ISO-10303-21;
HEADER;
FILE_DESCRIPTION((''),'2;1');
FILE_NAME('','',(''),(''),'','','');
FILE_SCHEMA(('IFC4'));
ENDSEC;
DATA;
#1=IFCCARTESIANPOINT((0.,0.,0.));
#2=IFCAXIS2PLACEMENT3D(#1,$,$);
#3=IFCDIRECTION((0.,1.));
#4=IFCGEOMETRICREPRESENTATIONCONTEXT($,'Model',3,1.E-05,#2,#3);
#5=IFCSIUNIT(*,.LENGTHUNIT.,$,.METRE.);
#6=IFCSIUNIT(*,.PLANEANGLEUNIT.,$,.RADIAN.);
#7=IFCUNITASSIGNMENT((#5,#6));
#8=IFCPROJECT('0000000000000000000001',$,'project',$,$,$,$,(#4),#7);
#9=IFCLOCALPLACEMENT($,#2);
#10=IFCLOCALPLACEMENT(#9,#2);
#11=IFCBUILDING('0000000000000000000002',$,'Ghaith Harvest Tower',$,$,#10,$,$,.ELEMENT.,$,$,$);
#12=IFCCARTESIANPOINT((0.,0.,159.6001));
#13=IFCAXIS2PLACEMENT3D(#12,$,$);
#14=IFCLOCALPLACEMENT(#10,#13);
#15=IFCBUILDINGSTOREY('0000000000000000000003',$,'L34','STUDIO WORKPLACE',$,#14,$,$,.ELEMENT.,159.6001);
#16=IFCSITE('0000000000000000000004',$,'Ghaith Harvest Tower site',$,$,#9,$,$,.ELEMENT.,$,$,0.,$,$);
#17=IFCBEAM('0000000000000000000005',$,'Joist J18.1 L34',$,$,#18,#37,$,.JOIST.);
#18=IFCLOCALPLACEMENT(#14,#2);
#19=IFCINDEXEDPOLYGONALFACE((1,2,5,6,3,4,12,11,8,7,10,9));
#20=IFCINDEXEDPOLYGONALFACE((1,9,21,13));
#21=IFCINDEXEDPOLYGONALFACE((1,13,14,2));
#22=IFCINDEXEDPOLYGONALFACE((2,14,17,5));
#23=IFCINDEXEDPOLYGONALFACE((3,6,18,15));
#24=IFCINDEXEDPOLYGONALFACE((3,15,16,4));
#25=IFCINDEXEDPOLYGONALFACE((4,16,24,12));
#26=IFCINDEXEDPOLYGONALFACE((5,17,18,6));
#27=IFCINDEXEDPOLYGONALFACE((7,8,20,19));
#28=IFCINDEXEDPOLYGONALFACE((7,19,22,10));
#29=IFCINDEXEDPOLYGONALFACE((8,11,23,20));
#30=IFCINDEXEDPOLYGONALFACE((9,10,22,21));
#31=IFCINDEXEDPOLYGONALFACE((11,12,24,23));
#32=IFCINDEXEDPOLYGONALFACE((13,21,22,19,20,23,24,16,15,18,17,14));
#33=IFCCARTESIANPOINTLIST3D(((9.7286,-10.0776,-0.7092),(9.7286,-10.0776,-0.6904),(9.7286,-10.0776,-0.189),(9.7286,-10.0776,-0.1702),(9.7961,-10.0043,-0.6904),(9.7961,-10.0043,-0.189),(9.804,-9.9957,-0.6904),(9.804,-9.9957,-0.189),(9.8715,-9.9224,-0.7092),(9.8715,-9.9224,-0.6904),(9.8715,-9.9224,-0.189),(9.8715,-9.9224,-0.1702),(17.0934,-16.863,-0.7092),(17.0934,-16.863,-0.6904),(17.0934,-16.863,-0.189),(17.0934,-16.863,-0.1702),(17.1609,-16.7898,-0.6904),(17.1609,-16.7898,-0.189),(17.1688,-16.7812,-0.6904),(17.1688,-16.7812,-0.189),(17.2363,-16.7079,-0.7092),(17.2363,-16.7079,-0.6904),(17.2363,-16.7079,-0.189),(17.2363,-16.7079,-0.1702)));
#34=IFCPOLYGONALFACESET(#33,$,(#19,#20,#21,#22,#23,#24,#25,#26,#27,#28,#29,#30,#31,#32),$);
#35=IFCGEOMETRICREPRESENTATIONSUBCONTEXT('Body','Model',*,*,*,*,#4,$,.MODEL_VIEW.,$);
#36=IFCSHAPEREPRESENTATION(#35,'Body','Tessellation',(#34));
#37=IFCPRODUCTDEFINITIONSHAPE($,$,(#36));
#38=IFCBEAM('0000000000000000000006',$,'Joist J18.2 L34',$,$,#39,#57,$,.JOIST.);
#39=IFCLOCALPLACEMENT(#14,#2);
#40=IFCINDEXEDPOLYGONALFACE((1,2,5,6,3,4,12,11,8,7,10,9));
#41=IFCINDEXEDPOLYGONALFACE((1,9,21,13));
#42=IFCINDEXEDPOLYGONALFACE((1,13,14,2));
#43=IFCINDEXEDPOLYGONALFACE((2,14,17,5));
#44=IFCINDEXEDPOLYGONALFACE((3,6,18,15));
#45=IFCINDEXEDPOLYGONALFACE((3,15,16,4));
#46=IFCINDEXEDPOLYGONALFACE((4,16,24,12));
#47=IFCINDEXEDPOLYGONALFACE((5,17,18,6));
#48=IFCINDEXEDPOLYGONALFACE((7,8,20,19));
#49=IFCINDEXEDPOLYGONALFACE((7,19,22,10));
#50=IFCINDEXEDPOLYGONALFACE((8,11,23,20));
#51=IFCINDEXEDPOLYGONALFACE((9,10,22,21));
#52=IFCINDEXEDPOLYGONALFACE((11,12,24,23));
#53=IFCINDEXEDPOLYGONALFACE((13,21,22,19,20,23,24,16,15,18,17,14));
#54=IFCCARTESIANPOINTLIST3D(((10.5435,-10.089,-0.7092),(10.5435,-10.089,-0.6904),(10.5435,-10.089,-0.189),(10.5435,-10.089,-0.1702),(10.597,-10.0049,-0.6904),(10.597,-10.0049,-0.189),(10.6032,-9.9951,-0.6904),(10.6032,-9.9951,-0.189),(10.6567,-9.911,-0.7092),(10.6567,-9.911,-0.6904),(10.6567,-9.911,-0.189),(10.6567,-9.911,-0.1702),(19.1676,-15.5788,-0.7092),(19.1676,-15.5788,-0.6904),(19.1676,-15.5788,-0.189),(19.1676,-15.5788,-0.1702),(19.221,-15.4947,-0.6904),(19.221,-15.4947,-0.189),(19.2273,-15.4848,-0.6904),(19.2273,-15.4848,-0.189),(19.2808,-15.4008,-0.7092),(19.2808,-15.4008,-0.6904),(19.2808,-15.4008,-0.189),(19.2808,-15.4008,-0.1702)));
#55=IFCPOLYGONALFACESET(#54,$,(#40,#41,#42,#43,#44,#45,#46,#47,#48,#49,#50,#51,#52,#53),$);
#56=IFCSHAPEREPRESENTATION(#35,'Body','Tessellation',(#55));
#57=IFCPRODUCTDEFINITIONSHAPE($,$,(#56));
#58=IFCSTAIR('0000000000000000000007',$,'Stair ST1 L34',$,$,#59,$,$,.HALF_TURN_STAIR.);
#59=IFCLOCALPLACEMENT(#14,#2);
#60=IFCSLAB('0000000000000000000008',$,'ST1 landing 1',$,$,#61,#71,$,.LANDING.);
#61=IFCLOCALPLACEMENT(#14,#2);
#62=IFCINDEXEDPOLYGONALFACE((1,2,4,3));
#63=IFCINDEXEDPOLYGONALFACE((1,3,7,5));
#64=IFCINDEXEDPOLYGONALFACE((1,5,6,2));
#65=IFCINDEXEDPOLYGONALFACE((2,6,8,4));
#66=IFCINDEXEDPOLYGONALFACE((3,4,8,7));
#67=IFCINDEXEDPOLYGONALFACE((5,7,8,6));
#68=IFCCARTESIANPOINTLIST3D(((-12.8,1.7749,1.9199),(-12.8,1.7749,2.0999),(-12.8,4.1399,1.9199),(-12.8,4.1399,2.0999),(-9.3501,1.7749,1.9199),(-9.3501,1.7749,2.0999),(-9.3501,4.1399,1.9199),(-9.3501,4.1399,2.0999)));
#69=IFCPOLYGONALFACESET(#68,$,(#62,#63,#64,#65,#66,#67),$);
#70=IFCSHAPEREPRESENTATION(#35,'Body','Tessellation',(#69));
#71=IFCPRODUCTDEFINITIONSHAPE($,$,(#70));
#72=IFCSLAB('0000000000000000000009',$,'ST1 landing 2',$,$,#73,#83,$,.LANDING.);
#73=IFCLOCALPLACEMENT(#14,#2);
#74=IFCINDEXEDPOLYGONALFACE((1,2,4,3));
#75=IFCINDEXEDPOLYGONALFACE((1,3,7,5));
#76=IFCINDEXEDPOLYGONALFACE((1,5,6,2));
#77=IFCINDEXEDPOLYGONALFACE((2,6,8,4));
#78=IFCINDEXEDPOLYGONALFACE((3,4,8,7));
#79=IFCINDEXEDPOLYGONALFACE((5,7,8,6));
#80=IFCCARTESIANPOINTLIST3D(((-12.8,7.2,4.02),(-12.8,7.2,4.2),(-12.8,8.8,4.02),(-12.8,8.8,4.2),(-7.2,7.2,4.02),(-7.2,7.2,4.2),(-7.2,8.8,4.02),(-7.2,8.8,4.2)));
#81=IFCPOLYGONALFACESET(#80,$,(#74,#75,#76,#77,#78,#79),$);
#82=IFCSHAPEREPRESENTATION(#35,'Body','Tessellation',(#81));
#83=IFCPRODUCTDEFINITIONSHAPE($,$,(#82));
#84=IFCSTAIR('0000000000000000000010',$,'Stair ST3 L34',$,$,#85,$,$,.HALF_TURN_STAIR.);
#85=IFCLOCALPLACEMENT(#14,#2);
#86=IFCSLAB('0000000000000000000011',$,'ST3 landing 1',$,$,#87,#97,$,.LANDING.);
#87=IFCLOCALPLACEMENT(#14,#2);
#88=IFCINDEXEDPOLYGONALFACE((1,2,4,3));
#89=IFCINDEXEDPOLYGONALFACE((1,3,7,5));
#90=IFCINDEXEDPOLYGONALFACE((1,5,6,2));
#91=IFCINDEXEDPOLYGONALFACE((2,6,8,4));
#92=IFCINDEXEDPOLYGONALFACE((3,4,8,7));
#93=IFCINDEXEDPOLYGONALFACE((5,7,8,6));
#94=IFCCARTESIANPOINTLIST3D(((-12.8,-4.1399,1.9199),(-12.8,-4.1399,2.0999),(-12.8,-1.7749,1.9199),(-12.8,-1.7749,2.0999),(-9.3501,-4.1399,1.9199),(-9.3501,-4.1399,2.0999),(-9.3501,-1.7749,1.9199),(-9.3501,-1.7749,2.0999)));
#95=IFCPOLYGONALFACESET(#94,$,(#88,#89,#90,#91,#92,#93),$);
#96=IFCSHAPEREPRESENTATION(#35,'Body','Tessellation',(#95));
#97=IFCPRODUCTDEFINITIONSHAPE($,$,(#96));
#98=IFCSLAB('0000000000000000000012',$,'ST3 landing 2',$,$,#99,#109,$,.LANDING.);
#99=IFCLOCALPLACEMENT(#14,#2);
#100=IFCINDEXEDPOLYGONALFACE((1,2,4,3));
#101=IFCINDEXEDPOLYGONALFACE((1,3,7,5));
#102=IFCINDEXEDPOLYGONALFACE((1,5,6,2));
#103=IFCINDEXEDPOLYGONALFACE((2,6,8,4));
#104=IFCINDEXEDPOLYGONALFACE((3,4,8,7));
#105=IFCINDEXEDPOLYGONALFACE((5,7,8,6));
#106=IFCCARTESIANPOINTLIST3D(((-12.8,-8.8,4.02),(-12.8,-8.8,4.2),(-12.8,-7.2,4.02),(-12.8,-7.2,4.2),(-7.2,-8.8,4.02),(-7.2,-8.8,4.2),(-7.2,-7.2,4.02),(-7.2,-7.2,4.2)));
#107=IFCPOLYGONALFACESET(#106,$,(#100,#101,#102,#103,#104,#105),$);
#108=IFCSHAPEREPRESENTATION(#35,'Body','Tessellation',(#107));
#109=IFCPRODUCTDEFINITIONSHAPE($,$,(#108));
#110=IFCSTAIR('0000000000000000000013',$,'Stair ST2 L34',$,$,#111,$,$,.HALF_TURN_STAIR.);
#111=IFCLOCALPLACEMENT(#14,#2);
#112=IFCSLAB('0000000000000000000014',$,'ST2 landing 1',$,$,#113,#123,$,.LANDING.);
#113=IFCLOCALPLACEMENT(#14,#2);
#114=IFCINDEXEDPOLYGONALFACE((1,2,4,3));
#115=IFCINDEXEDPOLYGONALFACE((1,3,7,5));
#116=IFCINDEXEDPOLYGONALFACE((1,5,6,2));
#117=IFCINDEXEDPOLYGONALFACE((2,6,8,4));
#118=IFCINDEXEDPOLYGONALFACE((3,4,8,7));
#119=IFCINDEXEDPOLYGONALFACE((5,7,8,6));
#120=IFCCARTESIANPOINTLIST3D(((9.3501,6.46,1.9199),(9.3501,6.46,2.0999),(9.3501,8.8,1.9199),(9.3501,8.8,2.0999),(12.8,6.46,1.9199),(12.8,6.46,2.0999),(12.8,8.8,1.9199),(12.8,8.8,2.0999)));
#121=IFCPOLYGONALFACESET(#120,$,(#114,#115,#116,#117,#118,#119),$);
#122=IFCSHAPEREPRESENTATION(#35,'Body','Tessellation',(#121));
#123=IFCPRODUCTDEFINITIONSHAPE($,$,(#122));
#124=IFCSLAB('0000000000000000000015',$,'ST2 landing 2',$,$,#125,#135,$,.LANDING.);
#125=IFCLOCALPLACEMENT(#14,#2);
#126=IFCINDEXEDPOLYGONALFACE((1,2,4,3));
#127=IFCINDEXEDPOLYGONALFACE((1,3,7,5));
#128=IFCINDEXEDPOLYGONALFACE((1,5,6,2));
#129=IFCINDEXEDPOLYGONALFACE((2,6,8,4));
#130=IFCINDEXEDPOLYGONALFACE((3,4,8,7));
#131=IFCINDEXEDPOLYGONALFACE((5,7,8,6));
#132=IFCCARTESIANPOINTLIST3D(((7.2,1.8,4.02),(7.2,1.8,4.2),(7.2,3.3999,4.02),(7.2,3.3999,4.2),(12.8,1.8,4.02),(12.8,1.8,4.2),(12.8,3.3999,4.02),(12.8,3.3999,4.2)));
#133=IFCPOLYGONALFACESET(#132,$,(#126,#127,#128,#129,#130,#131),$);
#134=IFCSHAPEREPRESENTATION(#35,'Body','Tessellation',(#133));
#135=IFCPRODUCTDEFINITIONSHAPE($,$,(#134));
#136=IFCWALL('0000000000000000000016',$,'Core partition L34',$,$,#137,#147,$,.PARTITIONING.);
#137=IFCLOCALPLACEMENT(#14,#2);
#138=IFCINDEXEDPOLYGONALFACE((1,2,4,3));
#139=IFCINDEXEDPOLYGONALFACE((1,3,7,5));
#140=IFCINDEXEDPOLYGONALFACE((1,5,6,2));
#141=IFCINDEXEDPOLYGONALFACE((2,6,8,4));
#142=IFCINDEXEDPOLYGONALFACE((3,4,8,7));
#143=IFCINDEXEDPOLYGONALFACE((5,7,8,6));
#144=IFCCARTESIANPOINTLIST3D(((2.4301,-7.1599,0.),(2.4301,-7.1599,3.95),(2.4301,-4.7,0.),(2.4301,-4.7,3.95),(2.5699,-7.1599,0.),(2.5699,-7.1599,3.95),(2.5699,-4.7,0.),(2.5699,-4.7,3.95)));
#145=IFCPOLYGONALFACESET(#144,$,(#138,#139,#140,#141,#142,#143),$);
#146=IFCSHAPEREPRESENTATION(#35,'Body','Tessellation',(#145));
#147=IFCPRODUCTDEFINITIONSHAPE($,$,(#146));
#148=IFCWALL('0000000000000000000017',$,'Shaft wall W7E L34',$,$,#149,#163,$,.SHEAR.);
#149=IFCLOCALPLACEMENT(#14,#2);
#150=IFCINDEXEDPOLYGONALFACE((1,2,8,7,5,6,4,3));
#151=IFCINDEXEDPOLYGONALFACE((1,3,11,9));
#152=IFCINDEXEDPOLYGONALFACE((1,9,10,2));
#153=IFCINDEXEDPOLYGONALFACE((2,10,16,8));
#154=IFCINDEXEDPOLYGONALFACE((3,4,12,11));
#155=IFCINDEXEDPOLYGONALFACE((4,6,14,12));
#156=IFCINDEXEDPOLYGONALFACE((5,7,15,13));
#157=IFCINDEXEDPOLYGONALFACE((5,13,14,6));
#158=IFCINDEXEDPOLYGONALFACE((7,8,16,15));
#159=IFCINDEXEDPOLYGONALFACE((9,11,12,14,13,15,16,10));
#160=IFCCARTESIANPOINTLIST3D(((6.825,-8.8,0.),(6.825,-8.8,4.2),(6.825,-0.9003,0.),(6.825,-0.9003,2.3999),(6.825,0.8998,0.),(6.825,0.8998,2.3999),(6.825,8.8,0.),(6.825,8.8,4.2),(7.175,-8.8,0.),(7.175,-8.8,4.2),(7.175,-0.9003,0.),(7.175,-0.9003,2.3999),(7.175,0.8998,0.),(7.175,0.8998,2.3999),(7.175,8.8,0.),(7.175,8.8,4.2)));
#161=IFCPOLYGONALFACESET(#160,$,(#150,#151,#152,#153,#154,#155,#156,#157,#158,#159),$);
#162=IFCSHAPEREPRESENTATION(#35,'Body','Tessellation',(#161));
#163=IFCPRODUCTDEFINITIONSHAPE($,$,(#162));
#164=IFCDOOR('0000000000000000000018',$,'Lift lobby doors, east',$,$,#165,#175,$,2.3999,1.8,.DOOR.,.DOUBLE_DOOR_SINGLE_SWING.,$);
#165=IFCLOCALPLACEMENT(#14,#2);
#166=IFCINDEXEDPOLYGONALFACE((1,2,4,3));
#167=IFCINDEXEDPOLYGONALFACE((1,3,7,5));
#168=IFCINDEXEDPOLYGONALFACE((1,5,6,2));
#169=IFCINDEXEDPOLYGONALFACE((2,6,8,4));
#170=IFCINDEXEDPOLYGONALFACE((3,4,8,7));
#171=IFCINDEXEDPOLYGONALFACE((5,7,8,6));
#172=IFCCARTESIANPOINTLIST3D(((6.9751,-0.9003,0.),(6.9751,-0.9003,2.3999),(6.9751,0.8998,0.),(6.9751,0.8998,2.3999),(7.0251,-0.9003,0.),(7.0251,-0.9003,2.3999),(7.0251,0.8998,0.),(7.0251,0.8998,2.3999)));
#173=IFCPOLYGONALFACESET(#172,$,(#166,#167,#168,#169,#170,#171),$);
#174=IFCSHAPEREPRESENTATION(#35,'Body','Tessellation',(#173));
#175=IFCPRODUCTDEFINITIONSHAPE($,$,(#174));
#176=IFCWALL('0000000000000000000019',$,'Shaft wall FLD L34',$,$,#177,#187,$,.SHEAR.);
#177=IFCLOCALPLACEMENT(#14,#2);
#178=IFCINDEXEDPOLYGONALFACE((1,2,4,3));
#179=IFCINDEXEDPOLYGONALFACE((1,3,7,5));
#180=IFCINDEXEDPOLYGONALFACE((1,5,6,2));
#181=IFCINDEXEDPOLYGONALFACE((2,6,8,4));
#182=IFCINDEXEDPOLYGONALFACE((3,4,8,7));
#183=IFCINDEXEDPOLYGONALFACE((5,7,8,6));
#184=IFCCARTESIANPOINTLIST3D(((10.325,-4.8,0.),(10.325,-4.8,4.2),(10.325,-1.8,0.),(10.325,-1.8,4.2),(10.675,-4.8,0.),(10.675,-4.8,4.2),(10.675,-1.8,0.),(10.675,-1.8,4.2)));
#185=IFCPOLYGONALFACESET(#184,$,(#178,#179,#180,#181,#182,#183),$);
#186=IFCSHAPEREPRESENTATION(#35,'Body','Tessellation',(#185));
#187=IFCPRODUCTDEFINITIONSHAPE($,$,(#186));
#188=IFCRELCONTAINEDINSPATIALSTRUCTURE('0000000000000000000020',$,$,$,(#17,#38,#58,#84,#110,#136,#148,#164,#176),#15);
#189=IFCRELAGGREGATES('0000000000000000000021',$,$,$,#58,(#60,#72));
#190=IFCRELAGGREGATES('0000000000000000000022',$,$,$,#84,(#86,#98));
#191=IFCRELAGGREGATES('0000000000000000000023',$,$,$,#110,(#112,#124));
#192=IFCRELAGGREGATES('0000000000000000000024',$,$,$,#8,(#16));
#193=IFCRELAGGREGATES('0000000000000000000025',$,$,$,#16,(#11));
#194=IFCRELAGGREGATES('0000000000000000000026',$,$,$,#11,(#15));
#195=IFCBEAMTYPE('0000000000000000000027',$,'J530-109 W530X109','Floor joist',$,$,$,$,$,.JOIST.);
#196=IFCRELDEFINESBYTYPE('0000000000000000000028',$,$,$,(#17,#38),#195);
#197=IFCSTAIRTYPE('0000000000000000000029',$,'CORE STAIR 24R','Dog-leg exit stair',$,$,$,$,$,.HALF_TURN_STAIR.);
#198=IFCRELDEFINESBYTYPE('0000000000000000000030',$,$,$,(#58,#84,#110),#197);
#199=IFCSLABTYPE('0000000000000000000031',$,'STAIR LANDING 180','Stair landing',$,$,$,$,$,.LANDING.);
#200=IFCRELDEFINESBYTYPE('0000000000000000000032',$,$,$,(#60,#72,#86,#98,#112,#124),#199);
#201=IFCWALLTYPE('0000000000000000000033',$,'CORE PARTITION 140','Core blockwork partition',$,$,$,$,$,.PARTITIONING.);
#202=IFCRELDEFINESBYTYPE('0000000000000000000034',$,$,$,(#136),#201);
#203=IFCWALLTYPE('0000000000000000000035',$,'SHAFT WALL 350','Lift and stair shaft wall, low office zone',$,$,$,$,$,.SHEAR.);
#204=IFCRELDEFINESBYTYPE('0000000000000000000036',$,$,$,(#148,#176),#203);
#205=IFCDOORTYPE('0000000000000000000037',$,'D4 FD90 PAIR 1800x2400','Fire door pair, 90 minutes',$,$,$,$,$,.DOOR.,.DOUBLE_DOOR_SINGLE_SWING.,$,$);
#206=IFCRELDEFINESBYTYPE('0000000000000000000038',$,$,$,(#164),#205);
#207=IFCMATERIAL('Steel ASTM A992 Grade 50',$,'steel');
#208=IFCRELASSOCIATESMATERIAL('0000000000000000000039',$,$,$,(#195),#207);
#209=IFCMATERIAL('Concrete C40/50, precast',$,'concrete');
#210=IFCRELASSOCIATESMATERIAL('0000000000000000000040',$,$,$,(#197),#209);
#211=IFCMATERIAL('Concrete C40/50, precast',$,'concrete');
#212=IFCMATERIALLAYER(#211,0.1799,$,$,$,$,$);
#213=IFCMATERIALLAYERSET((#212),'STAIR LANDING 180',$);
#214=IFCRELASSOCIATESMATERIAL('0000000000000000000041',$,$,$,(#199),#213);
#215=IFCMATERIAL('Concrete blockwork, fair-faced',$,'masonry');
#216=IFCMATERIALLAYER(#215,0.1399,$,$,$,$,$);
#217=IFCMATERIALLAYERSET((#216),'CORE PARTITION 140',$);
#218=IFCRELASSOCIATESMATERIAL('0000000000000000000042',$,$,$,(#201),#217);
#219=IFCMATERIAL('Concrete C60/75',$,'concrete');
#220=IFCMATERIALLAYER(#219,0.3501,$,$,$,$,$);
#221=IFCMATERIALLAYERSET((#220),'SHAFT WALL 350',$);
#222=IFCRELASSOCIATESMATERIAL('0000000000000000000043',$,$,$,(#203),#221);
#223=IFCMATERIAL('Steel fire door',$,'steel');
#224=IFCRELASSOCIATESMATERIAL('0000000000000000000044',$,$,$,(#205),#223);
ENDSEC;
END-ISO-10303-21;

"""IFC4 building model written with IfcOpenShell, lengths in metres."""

from ifc_helpers import new_model, si_unit, direction, frame, frame_2d, origin, origin_2d, place, context, subcontext, project, spatial, polyline, rectangle, i_section, outline, extrude, material, layer, layer_set, material_profile, profile_set, type_object, element, fill, aggregate, save


model = new_model("IFC4")

# Units and contexts
model_context = context("Model", 3, precision=1e-05, world=origin(), true_north=direction((0.0, 1.0)))
body_context = subcontext(model_context, "Body", "Model", "MODEL_VIEW")
ifc_project = project(units=[si_unit("LENGTHUNIT", "METRE"), si_unit("PLANEANGLEUNIT", "RADIAN")], contexts=[model_context])

# Site, building, storey
site_placement = place(None, origin())
site = spatial("IfcSite", under=ifc_project, at=site_placement, Name="Ghaith Harvest Tower site", CompositionType="ELEMENT", RefElevation=0.0)
building_placement = place(site_placement, origin())
building = spatial("IfcBuilding", under=site, at=building_placement, Name="Ghaith Harvest Tower", CompositionType="ELEMENT")
storey_placement = place(building_placement, frame((0.0, 0.0, 159.6001)))
storey = spatial("IfcBuildingStorey", under=building, at=storey_placement, Name="L34", Description="STUDIO WORKPLACE", CompositionType="ELEMENT", Elevation=159.6001)

# Beams
ifc_material_1 = material(Name="Steel ASTM A992 Grade 50", Category="steel")
ifc_material_profile = material_profile(ifc_material_1, i_section(OverallWidth=0.2109, OverallDepth=0.5391, WebThickness=0.0117, FlangeThickness=0.0188, at=origin_2d()), Name="W530X109")
ifc_profile_set = profile_set([ifc_material_profile], Name="Steel ASTM A992 Grade 50")
beam_type = type_object("IfcBeamType", Name="J530-109 W530X109", Description="Floor joist", PredefinedType="JOIST", material=ifc_profile_set)
beam_1_placement = place(storey_placement, frame((9.8, -10.0, -0.4397), z_axis=(0.735442, -0.677588, 0.0), x_axis=(0.677588, 0.735442, 0.0)))
element("IfcBeam", 1, at=beam_1_placement, inside=storey, type_object=beam_type, Name="Joist J18.1 L34", PredefinedType="JOIST", context=body_context, shape_type="SweptSolid", body=[
    extrude(i_section(OverallWidth=0.2109, OverallDepth=0.5391, WebThickness=0.0117, FlangeThickness=0.0188, at=origin_2d()), origin(), (0.0, 0.0, 1.0), 10.0142),
])
beam_2_placement = place(storey_placement, frame((10.6001, -10.0, -0.4397), z_axis=(0.843585, -0.536996, 0.0), x_axis=(0.536996, 0.843585, 0.0)))
element("IfcBeam", 2, at=beam_2_placement, inside=storey, type_object=beam_type, Name="Joist J18.2 L34", PredefinedType="JOIST", context=body_context, shape_type="SweptSolid", body=[
    extrude(i_section(OverallWidth=0.2109, OverallDepth=0.5391, WebThickness=0.0117, FlangeThickness=0.0188, at=origin_2d()), origin(), (0.0, 0.0, 1.0), 10.2231),
])

# Stairs, slabs
ifc_material_2 = material(Name="Concrete C40/50, precast", Category="concrete")
stair_type = type_object("IfcStairType", Name="CORE STAIR 24R", Description="Dog-leg exit stair", PredefinedType="HALF_TURN_STAIR", material=ifc_material_2)
stair_1_placement = place(storey_placement, origin())
stair_1 = element("IfcStair", 3, at=stair_1_placement, inside=storey, type_object=stair_type, Name="Stair ST1 L34", PredefinedType="HALF_TURN_STAIR")
ifc_material_3 = material(Name="Concrete C40/50, precast", Category="concrete")
ifc_layer_1 = layer(ifc_material_3, 0.1799)
ifc_layer_set_1 = layer_set([ifc_layer_1], Name="STAIR LANDING 180")
slab_type = type_object("IfcSlabType", Name="STAIR LANDING 180", Description="Stair landing", PredefinedType="LANDING", material=ifc_layer_set_1)
slab_1_placement = place(storey_placement, frame((0.0, 0.0, 1.9199)))
slab_1 = element("IfcSlab", 4, at=slab_1_placement, type_object=slab_type, Name="ST1 landing 1", PredefinedType="LANDING", context=body_context, shape_type="SweptSolid", body=[
    extrude(outline(polyline([(-12.8, 4.1399), (-12.8, 1.7749), (-9.3501, 1.7749), (-9.3501, 4.1399), (-12.8, 4.1399)])), origin(), (0.0, 0.0, 1.0), 0.1799),
])
slab_2_placement = place(storey_placement, frame((0.0, 0.0, 4.02)))
slab_2 = element("IfcSlab", 5, at=slab_2_placement, type_object=slab_type, Name="ST1 landing 2", PredefinedType="LANDING", context=body_context, shape_type="SweptSolid", body=[
    extrude(outline(polyline([(-12.8, 8.8), (-12.8, 7.2), (-7.2, 7.2), (-7.2, 8.8), (-12.8, 8.8)])), origin(), (0.0, 0.0, 1.0), 0.1799),
])
aggregate(stair_1, [slab_1, slab_2])
stair_2_placement = place(storey_placement, origin())
stair_2 = element("IfcStair", 6, at=stair_2_placement, inside=storey, type_object=stair_type, Name="Stair ST3 L34", PredefinedType="HALF_TURN_STAIR")
slab_3_placement = place(storey_placement, frame((0.0, 0.0, 1.9199)))
slab_3 = element("IfcSlab", 7, at=slab_3_placement, type_object=slab_type, Name="ST3 landing 1", PredefinedType="LANDING", context=body_context, shape_type="SweptSolid", body=[
    extrude(outline(polyline([(-12.8, -4.1399), (-12.8, -1.7749), (-9.3501, -1.7749), (-9.3501, -4.1399), (-12.8, -4.1399)])), origin(), (0.0, 0.0, 1.0), 0.1799),
])
slab_4_placement = place(storey_placement, frame((0.0, 0.0, 4.02)))
slab_4 = element("IfcSlab", 8, at=slab_4_placement, type_object=slab_type, Name="ST3 landing 2", PredefinedType="LANDING", context=body_context, shape_type="SweptSolid", body=[
    extrude(outline(polyline([(-12.8, -8.8), (-12.8, -7.2), (-7.2, -7.2), (-7.2, -8.8), (-12.8, -8.8)])), origin(), (0.0, 0.0, 1.0), 0.1799),
])
aggregate(stair_2, [slab_3, slab_4])
stair_3_placement = place(storey_placement, origin())
stair_3 = element("IfcStair", 9, at=stair_3_placement, inside=storey, type_object=stair_type, Name="Stair ST2 L34", PredefinedType="HALF_TURN_STAIR")
slab_5_placement = place(storey_placement, frame((0.0, 0.0, 1.9199)))
slab_5 = element("IfcSlab", 10, at=slab_5_placement, type_object=slab_type, Name="ST2 landing 1", PredefinedType="LANDING", context=body_context, shape_type="SweptSolid", body=[
    extrude(outline(polyline([(12.8, 6.46), (12.8, 8.8), (9.3501, 8.8), (9.3501, 6.46), (12.8, 6.46)])), origin(), (0.0, 0.0, 1.0), 0.1799),
])
slab_6_placement = place(storey_placement, frame((0.0, 0.0, 4.02)))
slab_6 = element("IfcSlab", 11, at=slab_6_placement, type_object=slab_type, Name="ST2 landing 2", PredefinedType="LANDING", context=body_context, shape_type="SweptSolid", body=[
    extrude(outline(polyline([(12.8, 1.8), (12.8, 3.3999), (7.2, 3.3999), (7.2, 1.8), (12.8, 1.8)])), origin(), (0.0, 0.0, 1.0), 0.1799),
])
aggregate(stair_3, [slab_5, slab_6])

# Wall
ifc_material_4 = material(Name="Concrete blockwork, fair-faced", Category="masonry")
ifc_layer_2 = layer(ifc_material_4, 0.1399)
ifc_layer_set_2 = layer_set([ifc_layer_2], Name="CORE PARTITION 140")
wall_type_1 = type_object("IfcWallType", Name="CORE PARTITION 140", Description="Core blockwork partition", PredefinedType="PARTITIONING", material=ifc_layer_set_2)
wall_1_placement = place(storey_placement, frame((2.5, -4.7, 0.0), z_axis=(0.0, 0.0, 1.0), x_axis=(0.0, -1.0, 0.0)))
element("IfcWall", 12, at=wall_1_placement, inside=storey, type_object=wall_type_1, Name="Core partition L34", PredefinedType="PARTITIONING", context=body_context, shape_type="SweptSolid", body=[
    extrude(rectangle(XDim=2.46, YDim=0.1399, at=frame_2d((1.23, 0.0))), origin(), (0.0, 0.0, 1.0), 3.95),
])

# Wall, opening, door
ifc_material_5 = material(Name="Concrete C60/75", Category="concrete")
ifc_layer_3 = layer(ifc_material_5, 0.3501)
ifc_layer_set_3 = layer_set([ifc_layer_3], Name="SHAFT WALL 350")
wall_type_2 = type_object("IfcWallType", Name="SHAFT WALL 350", Description="Lift and stair shaft wall, low office zone", PredefinedType="SHEAR", material=ifc_layer_set_3)
wall_2_placement = place(storey_placement, frame((7.0, -8.8, 0.0), z_axis=(0.0, 0.0, 1.0), x_axis=(0.0, 1.0, 0.0)))
wall_2 = element("IfcWall", 13, at=wall_2_placement, inside=storey, type_object=wall_type_2, Name="Shaft wall W7E L34", PredefinedType="SHEAR", context=body_context, shape_type="SweptSolid", body=[
    extrude(rectangle(XDim=17.6001, YDim=0.3501, at=frame_2d((8.8, 0.0))), origin(), (0.0, 0.0, 1.0), 4.2),
])
opening_1_placement = place(wall_2_placement, frame((7.8999, 0.0, 0.0)))
opening_1 = element("IfcOpeningElement", 14, at=opening_1_placement, cuts=wall_2, PredefinedType="OPENING", context=body_context, shape_type="SweptSolid", body=[
    extrude(rectangle(XDim=1.8, YDim=2.3999, at=frame_2d((0.8999, 1.2))), frame((0.0, 0.1851, 0.0), z_axis=(0.0, -1.0, 0.0), x_axis=(1.0, 0.0, 0.0)), (0.0, 0.0, 1.0), 0.3701),
])
ifc_material_6 = material(Name="Steel fire door", Category="steel")
door_type_1 = type_object("IfcDoorType", Name="D4 FD90 PAIR 1800x2400", Description="Fire door pair, 90 minutes", OperationType="DOUBLE_DOOR_SINGLE_SWING", PredefinedType="DOOR", material=ifc_material_6)
door_1_placement = place(opening_1_placement, origin())
door_1 = element("IfcDoor", 15, at=door_1_placement, inside=storey, type_object=door_type_1, Name="Lift lobby doors, east", OperationType="DOUBLE_DOOR_SINGLE_SWING", OverallHeight=2.3999, OverallWidth=1.8, PredefinedType="DOOR", context=body_context, shape_type="SweptSolid", body=[
    extrude(rectangle(XDim=1.8, YDim=2.3999, at=frame_2d((0.8999, 1.2))), frame((0.0, 0.0249, 0.0), z_axis=(0.0, -1.0, 0.0), x_axis=(1.0, 0.0, 0.0)), (0.0, 0.0, 1.0), 0.05),
])
fill(opening_1, door_1)

# Wall
wall_3_placement = place(storey_placement, frame((10.5, -4.8, 0.0), z_axis=(0.0, 0.0, 1.0), x_axis=(0.0, 1.0, 0.0)))
element("IfcWall", 16, at=wall_3_placement, inside=storey, type_object=wall_type_2, Name="Shaft wall FLD L34", PredefinedType="SHEAR", context=body_context, shape_type="SweptSolid", body=[
    extrude(rectangle(XDim=3.0, YDim=0.3501, at=frame_2d((1.5, 0.0))), origin(), (0.0, 0.0, 1.0), 4.2),
])

save(model, "model.ifc")
